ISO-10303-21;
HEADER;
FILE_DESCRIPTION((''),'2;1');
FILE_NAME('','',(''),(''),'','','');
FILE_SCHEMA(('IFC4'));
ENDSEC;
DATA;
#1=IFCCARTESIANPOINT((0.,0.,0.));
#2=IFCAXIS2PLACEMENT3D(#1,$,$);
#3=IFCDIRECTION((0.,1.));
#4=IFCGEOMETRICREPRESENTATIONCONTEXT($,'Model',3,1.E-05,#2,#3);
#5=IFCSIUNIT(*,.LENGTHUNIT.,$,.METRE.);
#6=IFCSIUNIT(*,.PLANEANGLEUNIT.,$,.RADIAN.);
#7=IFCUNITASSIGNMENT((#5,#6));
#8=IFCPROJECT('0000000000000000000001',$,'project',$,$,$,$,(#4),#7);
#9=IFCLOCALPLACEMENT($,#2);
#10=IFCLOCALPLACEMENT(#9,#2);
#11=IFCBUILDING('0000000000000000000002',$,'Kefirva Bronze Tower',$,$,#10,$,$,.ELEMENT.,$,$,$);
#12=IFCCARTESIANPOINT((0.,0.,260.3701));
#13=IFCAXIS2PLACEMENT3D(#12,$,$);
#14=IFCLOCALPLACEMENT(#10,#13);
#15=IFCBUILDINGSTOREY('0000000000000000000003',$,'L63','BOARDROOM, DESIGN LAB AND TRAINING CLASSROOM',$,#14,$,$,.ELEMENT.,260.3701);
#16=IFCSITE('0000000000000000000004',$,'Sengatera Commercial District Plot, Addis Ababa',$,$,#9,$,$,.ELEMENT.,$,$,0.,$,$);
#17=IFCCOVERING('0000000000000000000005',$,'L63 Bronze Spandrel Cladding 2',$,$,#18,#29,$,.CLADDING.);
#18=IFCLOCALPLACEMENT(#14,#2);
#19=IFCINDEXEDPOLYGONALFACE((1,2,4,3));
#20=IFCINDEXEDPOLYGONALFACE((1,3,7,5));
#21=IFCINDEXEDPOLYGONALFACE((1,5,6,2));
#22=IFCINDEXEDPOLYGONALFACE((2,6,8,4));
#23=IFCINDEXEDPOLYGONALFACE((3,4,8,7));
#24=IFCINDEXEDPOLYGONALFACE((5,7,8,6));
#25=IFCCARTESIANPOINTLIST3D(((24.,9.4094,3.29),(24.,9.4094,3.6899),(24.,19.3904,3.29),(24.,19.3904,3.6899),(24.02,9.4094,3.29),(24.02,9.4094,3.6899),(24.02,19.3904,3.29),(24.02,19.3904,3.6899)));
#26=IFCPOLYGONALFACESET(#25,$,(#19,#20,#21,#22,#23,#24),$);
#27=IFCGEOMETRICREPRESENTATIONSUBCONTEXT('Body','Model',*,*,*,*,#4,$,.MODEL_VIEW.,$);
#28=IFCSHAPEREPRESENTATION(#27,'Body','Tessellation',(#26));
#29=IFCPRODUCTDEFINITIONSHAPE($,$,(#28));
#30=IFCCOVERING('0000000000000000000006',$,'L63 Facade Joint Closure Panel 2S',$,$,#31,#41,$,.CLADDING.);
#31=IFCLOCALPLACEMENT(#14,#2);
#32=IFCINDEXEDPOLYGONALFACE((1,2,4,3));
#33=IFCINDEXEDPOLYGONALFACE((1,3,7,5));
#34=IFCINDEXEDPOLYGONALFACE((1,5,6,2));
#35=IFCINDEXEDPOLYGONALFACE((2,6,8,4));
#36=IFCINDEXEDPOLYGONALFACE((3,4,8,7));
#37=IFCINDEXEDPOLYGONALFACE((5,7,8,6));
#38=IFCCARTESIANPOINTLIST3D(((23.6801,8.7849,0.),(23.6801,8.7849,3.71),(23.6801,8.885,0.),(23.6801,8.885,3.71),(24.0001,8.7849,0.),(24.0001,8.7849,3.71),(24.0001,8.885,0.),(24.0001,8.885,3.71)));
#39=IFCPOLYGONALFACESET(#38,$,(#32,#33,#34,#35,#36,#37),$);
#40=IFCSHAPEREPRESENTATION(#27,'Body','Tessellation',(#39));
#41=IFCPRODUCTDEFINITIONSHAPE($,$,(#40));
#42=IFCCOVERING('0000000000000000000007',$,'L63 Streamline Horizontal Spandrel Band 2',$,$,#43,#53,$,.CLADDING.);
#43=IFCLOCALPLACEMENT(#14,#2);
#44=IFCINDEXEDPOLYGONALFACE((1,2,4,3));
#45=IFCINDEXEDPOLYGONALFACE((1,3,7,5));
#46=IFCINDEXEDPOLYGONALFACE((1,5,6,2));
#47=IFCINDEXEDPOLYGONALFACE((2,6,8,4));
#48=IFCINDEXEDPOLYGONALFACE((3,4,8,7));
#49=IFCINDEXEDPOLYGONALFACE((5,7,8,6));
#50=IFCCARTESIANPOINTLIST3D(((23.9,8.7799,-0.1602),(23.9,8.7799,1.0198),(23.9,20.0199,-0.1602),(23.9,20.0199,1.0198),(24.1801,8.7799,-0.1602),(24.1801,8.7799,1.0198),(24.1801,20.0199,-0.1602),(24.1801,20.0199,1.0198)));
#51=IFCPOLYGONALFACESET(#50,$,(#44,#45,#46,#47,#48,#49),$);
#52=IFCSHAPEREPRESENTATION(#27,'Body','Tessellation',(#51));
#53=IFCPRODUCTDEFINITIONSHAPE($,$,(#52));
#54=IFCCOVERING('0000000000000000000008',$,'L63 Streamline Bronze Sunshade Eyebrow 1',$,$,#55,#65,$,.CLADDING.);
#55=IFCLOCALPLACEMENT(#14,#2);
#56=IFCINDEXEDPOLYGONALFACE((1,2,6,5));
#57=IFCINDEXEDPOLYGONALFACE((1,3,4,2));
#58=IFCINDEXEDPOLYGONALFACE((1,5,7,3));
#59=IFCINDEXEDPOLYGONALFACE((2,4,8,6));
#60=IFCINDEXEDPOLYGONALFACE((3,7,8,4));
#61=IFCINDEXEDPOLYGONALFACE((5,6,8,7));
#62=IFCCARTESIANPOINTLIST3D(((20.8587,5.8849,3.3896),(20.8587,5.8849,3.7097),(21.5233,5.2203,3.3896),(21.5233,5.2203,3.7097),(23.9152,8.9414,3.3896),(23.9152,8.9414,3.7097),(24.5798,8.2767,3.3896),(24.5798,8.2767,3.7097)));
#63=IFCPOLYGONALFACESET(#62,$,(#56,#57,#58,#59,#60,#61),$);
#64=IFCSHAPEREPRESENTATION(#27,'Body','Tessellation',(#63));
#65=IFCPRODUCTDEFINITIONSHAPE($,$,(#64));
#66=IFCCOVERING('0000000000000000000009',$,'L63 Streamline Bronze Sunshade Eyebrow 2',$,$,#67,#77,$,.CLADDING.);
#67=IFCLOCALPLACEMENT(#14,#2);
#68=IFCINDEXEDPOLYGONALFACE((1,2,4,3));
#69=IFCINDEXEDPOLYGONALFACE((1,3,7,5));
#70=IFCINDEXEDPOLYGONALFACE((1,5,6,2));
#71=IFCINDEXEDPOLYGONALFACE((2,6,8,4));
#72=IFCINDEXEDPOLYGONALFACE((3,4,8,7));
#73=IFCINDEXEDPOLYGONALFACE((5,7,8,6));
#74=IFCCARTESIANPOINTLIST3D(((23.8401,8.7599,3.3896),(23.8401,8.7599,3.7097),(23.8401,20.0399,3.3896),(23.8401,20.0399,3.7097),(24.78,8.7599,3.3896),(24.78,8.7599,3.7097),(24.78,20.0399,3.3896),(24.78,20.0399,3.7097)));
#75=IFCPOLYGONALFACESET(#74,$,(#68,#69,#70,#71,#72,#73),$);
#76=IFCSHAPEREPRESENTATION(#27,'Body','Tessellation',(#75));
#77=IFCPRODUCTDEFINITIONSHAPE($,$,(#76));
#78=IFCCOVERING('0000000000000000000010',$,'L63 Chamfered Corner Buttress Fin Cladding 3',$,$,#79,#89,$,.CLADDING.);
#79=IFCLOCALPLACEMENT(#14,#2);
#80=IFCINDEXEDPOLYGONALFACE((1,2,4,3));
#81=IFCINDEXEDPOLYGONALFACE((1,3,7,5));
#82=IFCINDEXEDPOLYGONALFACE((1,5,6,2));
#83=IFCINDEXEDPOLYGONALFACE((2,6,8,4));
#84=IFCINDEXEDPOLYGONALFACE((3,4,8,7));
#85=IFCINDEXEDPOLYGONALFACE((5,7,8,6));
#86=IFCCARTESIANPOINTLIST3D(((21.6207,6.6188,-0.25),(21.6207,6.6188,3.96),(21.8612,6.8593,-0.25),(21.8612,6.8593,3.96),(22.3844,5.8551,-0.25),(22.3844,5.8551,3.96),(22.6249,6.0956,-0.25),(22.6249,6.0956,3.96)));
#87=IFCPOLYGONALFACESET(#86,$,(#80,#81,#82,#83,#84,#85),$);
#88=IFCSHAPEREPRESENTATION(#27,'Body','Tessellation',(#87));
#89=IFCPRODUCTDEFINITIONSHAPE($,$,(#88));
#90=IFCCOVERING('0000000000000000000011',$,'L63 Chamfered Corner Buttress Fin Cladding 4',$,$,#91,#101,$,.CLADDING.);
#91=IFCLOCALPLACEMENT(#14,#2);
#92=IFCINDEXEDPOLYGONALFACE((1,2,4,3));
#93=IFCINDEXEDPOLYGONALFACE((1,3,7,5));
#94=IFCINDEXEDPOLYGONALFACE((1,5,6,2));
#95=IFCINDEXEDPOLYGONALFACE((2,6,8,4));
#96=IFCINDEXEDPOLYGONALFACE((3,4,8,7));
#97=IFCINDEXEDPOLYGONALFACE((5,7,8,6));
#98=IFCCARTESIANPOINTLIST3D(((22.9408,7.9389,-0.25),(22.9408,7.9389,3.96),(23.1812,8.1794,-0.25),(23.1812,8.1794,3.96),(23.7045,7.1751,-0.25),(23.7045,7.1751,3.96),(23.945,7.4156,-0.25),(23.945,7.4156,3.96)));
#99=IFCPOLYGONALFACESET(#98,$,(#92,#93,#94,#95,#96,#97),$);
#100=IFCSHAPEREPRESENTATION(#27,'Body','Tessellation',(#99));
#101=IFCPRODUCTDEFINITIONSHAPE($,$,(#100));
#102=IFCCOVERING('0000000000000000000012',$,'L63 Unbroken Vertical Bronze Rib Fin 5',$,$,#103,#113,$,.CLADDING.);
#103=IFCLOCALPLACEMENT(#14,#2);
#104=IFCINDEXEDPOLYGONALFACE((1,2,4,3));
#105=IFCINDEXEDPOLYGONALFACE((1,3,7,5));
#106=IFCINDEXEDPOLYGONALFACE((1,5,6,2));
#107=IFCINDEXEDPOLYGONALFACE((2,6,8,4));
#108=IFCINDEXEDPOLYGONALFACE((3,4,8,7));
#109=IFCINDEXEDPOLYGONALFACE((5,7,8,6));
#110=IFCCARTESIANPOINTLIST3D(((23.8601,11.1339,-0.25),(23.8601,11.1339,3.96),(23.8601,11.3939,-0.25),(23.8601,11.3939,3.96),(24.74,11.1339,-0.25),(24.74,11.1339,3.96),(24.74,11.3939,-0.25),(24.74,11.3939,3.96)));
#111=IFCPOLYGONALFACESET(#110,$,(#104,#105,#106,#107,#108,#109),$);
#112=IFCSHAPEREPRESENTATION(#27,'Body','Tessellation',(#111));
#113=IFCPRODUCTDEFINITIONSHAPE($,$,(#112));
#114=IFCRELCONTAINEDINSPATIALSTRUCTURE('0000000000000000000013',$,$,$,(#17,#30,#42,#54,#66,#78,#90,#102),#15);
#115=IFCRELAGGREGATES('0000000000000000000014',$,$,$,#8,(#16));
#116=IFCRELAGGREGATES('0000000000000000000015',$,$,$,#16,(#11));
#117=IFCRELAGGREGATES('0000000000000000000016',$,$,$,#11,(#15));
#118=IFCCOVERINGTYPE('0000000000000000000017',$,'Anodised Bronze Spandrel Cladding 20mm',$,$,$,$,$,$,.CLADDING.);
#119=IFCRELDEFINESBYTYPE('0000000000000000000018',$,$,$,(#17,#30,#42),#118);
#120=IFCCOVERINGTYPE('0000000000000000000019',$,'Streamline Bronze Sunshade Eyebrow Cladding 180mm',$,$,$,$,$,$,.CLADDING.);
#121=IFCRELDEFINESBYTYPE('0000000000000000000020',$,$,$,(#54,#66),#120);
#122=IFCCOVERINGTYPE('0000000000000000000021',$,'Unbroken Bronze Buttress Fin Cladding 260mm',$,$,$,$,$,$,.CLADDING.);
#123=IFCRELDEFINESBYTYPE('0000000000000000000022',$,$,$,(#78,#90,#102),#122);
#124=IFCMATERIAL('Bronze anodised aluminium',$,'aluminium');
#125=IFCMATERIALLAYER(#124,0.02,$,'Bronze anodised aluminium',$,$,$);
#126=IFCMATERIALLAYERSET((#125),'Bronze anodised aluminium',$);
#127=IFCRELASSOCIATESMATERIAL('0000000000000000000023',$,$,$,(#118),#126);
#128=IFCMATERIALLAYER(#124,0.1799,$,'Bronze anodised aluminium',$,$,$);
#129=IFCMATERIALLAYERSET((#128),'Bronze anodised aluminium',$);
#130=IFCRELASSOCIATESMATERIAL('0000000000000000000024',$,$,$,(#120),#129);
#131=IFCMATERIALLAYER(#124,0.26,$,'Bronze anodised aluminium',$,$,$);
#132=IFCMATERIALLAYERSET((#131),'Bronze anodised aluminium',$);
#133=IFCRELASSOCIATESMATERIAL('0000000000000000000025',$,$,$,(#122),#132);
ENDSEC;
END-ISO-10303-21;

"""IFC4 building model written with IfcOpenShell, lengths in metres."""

from ifc_helpers import new_model, si_unit, direction, frame, origin, origin_2d, place, context, subcontext, project, spatial, rectangle, extrude, material, layer, layer_set, type_object, element, save


model = new_model("IFC4")

# Units and contexts
model_context = context("Model", 3, precision=1e-05, world=origin(), true_north=direction((0.0, 1.0)))
body_context = subcontext(model_context, "Body", "Model", "MODEL_VIEW")
ifc_project = project(units=[si_unit("LENGTHUNIT", "METRE"), si_unit("PLANEANGLEUNIT", "RADIAN")], contexts=[model_context])

# Site, building, storey
site_placement = place(None, origin())
site = spatial("IfcSite", under=ifc_project, at=site_placement, Name="Sengatera Commercial District Plot, Addis Ababa", CompositionType="ELEMENT", RefElevation=0.0)
building_placement = place(site_placement, origin())
building = spatial("IfcBuilding", under=site, at=building_placement, Name="Kefirva Bronze Tower", CompositionType="ELEMENT")
storey_placement = place(building_placement, frame((0.0, 0.0, 260.3701)))
storey = spatial("IfcBuildingStorey", under=building, at=storey_placement, Name="L63", Description="BOARDROOM, DESIGN LAB AND TRAINING CLASSROOM", CompositionType="ELEMENT", Elevation=260.3701)

# Shared definitions
ifc_material_1 = material(Name="Bronze anodised aluminium", Category="aluminium")

# Coverings
ifc_layer_1 = layer(ifc_material_1, 0.02, Name="Bronze anodised aluminium")
ifc_layer_set_1 = layer_set([ifc_layer_1], Name="Bronze anodised aluminium")
covering_type_1 = type_object("IfcCoveringType", Name="Anodised Bronze Spandrel Cladding 20mm", PredefinedType="CLADDING", material=ifc_layer_set_1)
covering_1_placement = place(storey_placement, frame((24.01, 14.3999, 3.29), z_axis=(0.0, 0.0, 1.0), x_axis=(0.0, 1.0, 0.0)))
element("IfcCovering", 1, at=covering_1_placement, inside=storey, type_object=covering_type_1, Name="L63 Bronze Spandrel Cladding 2", PredefinedType="CLADDING", context=body_context, shape_type="SweptSolid", body=[
    extrude(rectangle(XDim=9.981, YDim=0.02, at=origin_2d()), origin(), (0.0, 0.0, 1.0), 0.3999),
])
covering_2_placement = place(storey_placement, frame((23.8401, 8.835, 0.0), z_axis=(0.0, 0.0, 1.0), x_axis=(0.0, 1.0, 0.0)))
element("IfcCovering", 2, at=covering_2_placement, inside=storey, type_object=covering_type_1, Name="L63 Facade Joint Closure Panel 2S", PredefinedType="CLADDING", context=body_context, shape_type="SweptSolid", body=[
    extrude(rectangle(XDim=0.1001, YDim=0.3201, at=origin_2d()), origin(), (0.0, 0.0, 1.0), 3.71),
])
covering_3_placement = place(storey_placement, frame((24.04, 14.3999, -0.1602), z_axis=(0.0, 0.0, 1.0), x_axis=(0.0, 1.0, 0.0)))
element("IfcCovering", 3, at=covering_3_placement, inside=storey, type_object=covering_type_1, Name="L63 Streamline Horizontal Spandrel Band 2", PredefinedType="CLADDING", context=body_context, shape_type="SweptSolid", body=[
    extrude(rectangle(XDim=11.24, YDim=0.28, at=origin_2d()), origin(), (0.0, 0.0, 1.0), 1.1799),
])
ifc_layer_2 = layer(ifc_material_1, 0.1799, Name="Bronze anodised aluminium")
ifc_layer_set_2 = layer_set([ifc_layer_2], Name="Bronze anodised aluminium")
covering_type_2 = type_object("IfcCoveringType", Name="Streamline Bronze Sunshade Eyebrow Cladding 180mm", PredefinedType="CLADDING", material=ifc_layer_set_2)
covering_4_placement = place(storey_placement, frame((22.7192, 7.0808, 3.3896), z_axis=(0.0, 0.0, 1.0), x_axis=(0.707107, 0.707107, 0.0)))
element("IfcCovering", 4, at=covering_4_placement, inside=storey, type_object=covering_type_2, Name="L63 Streamline Bronze Sunshade Eyebrow 1", PredefinedType="CLADDING", context=body_context, shape_type="SweptSolid", body=[
    extrude(rectangle(XDim=4.3225, YDim=0.9399, at=origin_2d()), origin(), (0.0, 0.0, 1.0), 0.3201),
])
covering_5_placement = place(storey_placement, frame((24.3101, 14.3999, 3.3896), z_axis=(0.0, 0.0, 1.0), x_axis=(0.0, 1.0, 0.0)))
element("IfcCovering", 5, at=covering_5_placement, inside=storey, type_object=covering_type_2, Name="L63 Streamline Bronze Sunshade Eyebrow 2", PredefinedType="CLADDING", context=body_context, shape_type="SweptSolid", body=[
    extrude(rectangle(XDim=11.28, YDim=0.9399, at=origin_2d()), origin(), (0.0, 0.0, 1.0), 0.3201),
])
ifc_layer_3 = layer(ifc_material_1, 0.26, Name="Bronze anodised aluminium")
ifc_layer_set_3 = layer_set([ifc_layer_3], Name="Bronze anodised aluminium")
covering_type_3 = type_object("IfcCoveringType", Name="Unbroken Bronze Buttress Fin Cladding 260mm", PredefinedType="CLADDING", material=ifc_layer_set_3)
for number, where, z_axis, x_axis, name in (
    (6, (22.1228, 6.3572, -0.25), (0.0, 0.0, 1.0), (0.707107, 0.707107, 0.0), "L63 Chamfered Corner Buttress Fin Cladding 3"),
    (7, (23.4429, 7.6772, -0.25), (0.0, 0.0, 1.0), (0.707107, 0.707107, 0.0), "L63 Chamfered Corner Buttress Fin Cladding 4"),
):
    element("IfcCovering", number, at=place(storey_placement, frame(where, z_axis=z_axis, x_axis=x_axis)), inside=storey, type_object=covering_type_3, Name=name, PredefinedType="CLADDING", context=body_context, shape_type="SweptSolid", body=[
        extrude(rectangle(XDim=0.3401, YDim=1.0801, at=origin_2d()), origin(), (0.0, 0.0, 1.0), 4.21),
    ])
covering_6_placement = place(storey_placement, frame((24.3, 11.2639, -0.25), z_axis=(0.0, 0.0, 1.0), x_axis=(0.0, 1.0, 0.0)))
element("IfcCovering", 8, at=covering_6_placement, inside=storey, type_object=covering_type_3, Name="L63 Unbroken Vertical Bronze Rib Fin 5", PredefinedType="CLADDING", context=body_context, shape_type="SweptSolid", body=[
    extrude(rectangle(XDim=0.26, YDim=0.8799, at=origin_2d()), origin(), (0.0, 0.0, 1.0), 4.21),
])

save(model, "model.ifc")
